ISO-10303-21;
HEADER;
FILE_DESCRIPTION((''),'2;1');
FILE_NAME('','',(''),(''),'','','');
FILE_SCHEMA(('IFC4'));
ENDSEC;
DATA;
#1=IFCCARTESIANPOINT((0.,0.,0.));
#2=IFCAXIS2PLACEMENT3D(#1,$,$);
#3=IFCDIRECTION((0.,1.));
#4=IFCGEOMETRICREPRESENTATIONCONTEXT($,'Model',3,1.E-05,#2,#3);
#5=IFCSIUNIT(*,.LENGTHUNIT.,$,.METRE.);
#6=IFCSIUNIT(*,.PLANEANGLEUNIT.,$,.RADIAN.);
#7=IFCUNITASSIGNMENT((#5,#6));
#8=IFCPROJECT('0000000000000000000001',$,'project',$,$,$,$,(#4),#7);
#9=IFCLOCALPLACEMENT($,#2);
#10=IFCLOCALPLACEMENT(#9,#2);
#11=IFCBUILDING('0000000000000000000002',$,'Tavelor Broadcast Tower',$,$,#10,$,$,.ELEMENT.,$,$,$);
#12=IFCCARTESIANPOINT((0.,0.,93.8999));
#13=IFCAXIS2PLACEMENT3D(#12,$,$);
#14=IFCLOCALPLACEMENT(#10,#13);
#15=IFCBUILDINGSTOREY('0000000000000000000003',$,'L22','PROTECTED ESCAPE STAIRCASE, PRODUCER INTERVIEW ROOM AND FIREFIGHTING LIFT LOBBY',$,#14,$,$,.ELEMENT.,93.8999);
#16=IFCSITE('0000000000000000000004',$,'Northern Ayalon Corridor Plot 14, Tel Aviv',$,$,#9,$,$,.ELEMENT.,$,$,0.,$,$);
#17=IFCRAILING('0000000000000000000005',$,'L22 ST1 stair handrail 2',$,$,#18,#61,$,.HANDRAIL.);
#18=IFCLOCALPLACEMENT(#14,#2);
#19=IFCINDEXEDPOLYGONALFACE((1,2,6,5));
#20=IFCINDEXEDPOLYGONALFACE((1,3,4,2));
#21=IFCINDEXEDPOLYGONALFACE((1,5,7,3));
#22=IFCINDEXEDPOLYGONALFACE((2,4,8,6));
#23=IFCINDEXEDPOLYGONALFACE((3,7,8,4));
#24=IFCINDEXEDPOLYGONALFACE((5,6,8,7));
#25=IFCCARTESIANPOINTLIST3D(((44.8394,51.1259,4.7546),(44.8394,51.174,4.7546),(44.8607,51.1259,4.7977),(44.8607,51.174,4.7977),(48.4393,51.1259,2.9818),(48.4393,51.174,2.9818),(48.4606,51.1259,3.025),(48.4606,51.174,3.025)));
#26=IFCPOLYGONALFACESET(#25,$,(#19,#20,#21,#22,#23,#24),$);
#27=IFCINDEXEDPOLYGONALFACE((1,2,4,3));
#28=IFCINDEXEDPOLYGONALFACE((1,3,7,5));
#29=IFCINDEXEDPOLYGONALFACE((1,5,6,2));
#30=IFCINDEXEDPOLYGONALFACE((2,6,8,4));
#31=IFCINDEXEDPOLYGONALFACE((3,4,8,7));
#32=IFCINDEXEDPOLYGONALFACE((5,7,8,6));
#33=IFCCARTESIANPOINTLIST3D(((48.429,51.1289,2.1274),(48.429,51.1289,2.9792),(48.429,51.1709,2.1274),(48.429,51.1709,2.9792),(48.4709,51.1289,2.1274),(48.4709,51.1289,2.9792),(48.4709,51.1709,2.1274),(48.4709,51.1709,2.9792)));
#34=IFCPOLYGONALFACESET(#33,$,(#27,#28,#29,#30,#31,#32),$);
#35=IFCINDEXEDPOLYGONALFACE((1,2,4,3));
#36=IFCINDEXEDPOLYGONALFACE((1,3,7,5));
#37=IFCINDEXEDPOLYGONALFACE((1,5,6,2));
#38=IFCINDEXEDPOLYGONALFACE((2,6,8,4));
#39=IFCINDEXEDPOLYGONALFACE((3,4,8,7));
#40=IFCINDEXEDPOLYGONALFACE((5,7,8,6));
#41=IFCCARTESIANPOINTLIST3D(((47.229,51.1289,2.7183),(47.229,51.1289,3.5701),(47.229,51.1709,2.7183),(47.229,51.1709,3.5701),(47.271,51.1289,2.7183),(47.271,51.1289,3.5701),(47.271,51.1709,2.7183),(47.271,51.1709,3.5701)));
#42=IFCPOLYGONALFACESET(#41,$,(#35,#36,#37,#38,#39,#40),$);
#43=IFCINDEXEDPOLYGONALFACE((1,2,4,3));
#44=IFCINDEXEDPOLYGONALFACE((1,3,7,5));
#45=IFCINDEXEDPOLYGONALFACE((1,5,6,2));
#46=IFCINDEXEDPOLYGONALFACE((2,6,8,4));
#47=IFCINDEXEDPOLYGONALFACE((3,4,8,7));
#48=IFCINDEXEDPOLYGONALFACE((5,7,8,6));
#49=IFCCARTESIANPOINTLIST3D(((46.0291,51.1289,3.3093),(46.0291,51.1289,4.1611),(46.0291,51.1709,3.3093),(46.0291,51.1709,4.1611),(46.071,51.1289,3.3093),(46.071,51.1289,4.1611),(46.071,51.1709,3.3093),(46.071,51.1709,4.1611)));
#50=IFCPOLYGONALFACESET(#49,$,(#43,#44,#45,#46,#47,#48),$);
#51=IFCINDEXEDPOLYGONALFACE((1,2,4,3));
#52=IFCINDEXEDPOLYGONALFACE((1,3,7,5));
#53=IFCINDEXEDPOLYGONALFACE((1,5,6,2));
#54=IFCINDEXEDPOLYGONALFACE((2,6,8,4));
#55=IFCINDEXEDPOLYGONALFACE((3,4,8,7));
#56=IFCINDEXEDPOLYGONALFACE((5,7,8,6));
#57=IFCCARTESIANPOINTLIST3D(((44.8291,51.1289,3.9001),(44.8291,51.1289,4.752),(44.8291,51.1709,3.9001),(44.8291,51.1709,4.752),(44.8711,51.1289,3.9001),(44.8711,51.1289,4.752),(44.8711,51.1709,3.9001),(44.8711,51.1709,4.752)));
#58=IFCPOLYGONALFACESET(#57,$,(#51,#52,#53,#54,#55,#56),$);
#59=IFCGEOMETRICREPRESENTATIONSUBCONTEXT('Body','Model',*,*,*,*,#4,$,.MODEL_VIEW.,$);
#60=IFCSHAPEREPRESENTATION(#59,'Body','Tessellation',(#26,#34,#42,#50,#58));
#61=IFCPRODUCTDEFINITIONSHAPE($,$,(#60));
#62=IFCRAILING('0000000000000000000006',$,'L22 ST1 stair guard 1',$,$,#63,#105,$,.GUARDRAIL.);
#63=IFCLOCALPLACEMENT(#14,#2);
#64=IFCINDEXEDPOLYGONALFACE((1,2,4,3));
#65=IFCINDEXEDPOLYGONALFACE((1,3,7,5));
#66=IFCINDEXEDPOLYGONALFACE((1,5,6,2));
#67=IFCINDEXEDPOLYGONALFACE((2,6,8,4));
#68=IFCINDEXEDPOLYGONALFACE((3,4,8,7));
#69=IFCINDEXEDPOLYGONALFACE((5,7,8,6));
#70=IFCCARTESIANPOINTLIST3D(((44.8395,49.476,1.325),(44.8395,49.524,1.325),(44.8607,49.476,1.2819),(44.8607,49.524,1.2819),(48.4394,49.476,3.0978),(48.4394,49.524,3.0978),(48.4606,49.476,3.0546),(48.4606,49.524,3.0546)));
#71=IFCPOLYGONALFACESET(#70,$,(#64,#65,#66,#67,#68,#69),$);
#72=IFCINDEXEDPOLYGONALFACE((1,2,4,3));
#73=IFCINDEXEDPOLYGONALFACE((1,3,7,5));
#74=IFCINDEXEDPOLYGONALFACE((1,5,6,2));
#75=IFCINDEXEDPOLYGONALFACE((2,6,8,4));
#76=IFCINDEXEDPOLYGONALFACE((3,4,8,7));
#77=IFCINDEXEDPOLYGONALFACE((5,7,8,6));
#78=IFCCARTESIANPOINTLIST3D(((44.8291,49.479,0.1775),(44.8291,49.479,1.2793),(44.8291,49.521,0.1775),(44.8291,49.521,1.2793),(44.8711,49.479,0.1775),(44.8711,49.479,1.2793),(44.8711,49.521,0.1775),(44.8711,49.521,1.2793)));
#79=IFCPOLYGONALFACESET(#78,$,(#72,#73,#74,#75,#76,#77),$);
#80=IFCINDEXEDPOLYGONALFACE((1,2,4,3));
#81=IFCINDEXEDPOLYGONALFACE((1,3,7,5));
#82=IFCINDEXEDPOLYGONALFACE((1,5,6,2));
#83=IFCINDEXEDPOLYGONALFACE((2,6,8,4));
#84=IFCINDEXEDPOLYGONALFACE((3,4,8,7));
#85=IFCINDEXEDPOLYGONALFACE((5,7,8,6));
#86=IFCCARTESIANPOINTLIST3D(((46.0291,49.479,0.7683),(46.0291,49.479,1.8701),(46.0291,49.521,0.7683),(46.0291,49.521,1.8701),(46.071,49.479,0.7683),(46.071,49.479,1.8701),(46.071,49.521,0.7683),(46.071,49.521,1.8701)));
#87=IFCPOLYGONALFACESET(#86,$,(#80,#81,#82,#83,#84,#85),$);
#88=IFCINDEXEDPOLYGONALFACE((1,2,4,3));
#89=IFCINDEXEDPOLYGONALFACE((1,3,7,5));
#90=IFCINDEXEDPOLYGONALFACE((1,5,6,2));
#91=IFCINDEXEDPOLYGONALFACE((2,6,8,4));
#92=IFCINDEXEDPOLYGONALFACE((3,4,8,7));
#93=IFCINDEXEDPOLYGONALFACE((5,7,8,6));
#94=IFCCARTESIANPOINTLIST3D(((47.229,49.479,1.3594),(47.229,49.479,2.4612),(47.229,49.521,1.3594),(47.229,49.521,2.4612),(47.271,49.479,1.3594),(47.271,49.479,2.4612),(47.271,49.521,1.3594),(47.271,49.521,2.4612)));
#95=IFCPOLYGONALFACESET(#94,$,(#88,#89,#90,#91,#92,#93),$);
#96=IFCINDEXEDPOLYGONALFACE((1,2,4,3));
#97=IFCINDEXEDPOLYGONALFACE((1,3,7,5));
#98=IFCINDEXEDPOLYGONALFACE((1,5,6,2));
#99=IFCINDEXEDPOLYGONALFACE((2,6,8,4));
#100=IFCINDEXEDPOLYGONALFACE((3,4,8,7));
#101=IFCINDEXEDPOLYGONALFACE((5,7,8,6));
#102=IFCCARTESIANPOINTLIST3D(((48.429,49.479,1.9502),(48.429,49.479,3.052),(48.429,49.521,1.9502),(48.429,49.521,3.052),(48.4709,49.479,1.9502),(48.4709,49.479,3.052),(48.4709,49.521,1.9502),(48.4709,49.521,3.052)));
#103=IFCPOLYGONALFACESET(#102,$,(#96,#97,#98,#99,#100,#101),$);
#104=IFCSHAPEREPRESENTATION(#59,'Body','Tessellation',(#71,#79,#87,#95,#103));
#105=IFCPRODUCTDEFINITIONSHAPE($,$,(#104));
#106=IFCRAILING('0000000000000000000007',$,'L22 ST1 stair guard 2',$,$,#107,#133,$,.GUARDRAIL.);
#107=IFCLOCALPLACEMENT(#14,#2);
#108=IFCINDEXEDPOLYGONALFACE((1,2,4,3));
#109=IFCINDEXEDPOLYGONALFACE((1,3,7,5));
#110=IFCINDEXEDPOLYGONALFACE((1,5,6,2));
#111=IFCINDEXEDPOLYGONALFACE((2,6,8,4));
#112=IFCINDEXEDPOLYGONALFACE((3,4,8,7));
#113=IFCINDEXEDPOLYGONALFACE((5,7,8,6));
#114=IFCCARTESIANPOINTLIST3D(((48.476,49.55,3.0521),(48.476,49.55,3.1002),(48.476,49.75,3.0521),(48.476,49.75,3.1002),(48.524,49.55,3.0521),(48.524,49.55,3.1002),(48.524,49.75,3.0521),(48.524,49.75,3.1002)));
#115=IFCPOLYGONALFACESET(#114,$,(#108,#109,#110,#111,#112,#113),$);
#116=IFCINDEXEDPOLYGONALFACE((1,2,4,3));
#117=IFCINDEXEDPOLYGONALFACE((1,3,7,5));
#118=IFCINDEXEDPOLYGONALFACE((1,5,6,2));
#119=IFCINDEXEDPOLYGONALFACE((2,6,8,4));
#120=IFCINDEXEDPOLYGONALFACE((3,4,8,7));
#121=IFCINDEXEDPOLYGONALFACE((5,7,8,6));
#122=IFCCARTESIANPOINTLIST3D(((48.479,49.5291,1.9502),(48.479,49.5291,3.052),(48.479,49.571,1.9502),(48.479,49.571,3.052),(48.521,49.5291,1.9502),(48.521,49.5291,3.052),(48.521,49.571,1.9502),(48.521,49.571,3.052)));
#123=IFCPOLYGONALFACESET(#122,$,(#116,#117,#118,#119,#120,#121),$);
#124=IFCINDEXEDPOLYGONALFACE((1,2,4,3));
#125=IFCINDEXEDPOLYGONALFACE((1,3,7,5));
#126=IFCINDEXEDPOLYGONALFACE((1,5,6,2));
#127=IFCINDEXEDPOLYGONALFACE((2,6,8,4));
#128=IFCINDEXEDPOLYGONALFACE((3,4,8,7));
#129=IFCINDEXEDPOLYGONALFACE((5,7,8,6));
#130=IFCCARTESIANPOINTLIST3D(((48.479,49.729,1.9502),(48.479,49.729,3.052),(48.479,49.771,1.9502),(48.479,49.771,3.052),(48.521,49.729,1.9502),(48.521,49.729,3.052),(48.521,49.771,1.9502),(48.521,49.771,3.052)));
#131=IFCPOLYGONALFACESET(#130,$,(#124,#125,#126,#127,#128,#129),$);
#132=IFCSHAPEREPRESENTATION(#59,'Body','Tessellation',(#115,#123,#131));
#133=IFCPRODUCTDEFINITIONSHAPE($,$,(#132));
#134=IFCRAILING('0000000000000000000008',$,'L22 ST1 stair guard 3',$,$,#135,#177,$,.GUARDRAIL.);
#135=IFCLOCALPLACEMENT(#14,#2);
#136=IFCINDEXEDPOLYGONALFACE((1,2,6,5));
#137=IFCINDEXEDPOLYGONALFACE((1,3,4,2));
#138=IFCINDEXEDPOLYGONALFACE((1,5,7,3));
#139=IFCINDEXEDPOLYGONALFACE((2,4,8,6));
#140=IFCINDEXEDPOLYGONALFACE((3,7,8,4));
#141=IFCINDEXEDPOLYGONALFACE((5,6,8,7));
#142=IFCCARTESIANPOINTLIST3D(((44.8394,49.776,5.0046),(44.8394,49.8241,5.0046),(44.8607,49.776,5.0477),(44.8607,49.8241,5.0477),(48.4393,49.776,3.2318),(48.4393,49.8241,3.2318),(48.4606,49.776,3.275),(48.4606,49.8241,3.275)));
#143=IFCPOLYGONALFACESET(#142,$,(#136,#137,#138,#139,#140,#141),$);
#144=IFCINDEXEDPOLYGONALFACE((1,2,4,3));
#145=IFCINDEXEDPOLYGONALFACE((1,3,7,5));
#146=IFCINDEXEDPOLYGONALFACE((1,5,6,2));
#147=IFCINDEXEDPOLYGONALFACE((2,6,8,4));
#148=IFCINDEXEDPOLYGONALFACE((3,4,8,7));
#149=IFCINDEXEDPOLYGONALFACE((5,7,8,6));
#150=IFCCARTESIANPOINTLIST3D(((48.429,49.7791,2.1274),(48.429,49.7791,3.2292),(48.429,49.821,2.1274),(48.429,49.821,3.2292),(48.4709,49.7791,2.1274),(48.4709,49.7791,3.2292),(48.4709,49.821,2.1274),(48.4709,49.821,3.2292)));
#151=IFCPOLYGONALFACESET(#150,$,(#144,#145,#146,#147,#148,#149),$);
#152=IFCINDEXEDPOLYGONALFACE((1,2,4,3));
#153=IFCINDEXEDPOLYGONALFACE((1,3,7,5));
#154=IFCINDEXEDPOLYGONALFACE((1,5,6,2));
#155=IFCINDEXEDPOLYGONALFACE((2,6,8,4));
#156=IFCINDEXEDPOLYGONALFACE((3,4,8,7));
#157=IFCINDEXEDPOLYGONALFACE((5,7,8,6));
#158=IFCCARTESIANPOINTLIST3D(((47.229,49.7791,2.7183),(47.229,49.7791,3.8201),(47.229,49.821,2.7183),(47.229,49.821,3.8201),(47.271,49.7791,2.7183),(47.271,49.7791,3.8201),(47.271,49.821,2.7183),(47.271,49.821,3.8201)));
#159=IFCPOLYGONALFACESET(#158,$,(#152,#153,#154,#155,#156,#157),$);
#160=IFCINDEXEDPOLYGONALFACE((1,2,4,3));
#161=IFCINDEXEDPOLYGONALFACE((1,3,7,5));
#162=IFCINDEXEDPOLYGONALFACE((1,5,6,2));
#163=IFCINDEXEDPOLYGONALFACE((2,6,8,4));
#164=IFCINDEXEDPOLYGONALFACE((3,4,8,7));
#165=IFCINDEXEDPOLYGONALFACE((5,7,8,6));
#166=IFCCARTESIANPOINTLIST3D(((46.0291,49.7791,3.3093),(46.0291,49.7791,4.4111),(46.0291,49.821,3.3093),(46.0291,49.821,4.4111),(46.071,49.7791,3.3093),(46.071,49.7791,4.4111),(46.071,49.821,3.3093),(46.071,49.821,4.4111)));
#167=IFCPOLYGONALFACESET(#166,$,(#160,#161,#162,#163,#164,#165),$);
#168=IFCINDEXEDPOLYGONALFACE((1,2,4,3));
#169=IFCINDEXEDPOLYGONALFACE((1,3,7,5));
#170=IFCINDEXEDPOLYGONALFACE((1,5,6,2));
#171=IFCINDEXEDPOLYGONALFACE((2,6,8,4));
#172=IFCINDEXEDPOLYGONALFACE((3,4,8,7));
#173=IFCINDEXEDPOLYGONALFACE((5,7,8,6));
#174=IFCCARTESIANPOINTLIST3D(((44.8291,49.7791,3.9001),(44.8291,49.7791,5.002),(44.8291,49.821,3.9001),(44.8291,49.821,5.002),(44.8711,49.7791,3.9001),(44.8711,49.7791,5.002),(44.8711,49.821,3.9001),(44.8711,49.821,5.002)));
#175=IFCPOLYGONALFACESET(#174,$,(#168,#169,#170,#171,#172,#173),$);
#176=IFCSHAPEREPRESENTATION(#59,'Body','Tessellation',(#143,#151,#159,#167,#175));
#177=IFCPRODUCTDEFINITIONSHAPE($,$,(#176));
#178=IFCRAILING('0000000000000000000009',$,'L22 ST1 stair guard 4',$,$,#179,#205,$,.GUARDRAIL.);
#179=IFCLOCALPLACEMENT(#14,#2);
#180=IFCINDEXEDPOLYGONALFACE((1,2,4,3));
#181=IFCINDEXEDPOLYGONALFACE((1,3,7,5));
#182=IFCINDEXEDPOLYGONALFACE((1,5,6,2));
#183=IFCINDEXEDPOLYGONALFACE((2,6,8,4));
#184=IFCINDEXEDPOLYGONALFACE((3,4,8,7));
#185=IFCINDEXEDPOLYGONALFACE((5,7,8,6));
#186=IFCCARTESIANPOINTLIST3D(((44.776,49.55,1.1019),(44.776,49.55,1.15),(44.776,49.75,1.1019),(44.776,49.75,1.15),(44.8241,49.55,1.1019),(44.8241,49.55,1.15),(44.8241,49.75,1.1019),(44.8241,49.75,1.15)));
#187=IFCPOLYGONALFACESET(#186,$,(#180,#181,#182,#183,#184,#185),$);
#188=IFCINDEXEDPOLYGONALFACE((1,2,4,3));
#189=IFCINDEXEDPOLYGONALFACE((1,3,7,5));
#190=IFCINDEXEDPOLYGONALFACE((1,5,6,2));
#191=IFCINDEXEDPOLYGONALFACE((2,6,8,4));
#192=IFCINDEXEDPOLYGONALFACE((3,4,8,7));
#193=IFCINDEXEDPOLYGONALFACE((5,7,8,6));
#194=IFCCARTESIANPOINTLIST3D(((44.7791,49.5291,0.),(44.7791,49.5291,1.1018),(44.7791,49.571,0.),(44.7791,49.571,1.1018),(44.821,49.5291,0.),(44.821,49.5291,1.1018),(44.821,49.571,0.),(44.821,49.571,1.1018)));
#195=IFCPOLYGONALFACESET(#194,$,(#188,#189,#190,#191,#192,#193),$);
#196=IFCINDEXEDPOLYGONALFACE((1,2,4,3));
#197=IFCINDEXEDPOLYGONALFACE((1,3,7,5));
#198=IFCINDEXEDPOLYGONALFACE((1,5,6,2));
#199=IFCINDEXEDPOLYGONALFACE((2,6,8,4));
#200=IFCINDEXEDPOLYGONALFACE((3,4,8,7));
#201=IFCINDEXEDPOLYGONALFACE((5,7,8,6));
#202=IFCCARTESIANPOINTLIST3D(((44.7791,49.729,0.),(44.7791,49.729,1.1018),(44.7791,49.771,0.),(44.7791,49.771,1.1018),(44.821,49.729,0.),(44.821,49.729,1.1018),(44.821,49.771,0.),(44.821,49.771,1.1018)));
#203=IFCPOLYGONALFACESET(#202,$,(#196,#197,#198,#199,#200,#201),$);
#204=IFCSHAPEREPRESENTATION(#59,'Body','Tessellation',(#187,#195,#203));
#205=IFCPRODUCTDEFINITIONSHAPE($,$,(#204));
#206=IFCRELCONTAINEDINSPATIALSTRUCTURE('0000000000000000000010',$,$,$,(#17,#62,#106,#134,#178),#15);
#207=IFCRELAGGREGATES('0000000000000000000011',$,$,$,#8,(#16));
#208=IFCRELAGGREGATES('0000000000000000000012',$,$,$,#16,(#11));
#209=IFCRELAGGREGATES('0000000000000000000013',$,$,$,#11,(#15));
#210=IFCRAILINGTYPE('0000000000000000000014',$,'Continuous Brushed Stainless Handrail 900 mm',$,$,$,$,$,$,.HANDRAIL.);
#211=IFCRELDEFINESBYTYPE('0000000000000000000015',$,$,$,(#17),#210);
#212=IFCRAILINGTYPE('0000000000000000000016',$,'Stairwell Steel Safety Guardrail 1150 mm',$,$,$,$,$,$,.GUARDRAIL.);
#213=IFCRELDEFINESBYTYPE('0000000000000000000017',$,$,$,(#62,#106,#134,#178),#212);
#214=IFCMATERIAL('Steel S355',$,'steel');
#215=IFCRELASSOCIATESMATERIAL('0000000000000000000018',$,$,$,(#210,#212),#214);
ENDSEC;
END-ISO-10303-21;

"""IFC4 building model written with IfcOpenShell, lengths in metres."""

from ifc_helpers import new_model, si_unit, direction, frame, origin, origin_2d, place, context, subcontext, project, spatial, rectangle, extrude, material, type_object, element, save


model = new_model("IFC4")

# Units and contexts
model_context = context("Model", 3, precision=1e-05, world=origin(), true_north=direction((0.0, 1.0)))
body_context = subcontext(model_context, "Body", "Model", "MODEL_VIEW")
ifc_project = project(units=[si_unit("LENGTHUNIT", "METRE"), si_unit("PLANEANGLEUNIT", "RADIAN")], contexts=[model_context])

# Site, building, storey
site_placement = place(None, origin())
site = spatial("IfcSite", under=ifc_project, at=site_placement, Name="Northern Ayalon Corridor Plot 14, Tel Aviv", CompositionType="ELEMENT", RefElevation=0.0)
building_placement = place(site_placement, origin())
building = spatial("IfcBuilding", under=site, at=building_placement, Name="Tavelor Broadcast Tower", CompositionType="ELEMENT")
storey_placement = place(building_placement, frame((0.0, 0.0, 93.8999)))
storey = spatial("IfcBuildingStorey", under=building, at=storey_placement, Name="L22", Description="PROTECTED ESCAPE STAIRCASE, PRODUCER INTERVIEW ROOM AND FIREFIGHTING LIFT LOBBY", CompositionType="ELEMENT", Elevation=93.8999)

# Shared definitions
ifc_material_1 = material(Name="Steel S355", Category="steel")

# Railings
railing_type_1 = type_object("IfcRailingType", Name="Continuous Brushed Stainless Handrail 900 mm", PredefinedType="HANDRAIL", material=ifc_material_1)
railing_1_placement = place(storey_placement, frame((48.45, 51.1499, 2.1274)))
element("IfcRailing", 1, at=railing_1_placement, inside=storey, type_object=railing_type_1, Name="L22 ST1 stair handrail 2", PredefinedType="HANDRAIL", context=body_context, shape_type="SweptSolid", body=[
    extrude(rectangle(XDim=0.0481, YDim=0.0481, at=origin_2d()), frame((0.0, 0.0, 0.876), z_axis=(-0.897124, 0.0, 0.441778), x_axis=(0.0, -1.0, 0.0)), (0.0, 0.0, 1.0), 4.0127),
    extrude(rectangle(XDim=0.042, YDim=0.042, at=origin_2d()), origin(), (0.0, 0.0, 1.0), 0.8518),
    extrude(rectangle(XDim=0.042, YDim=0.042, at=origin_2d()), frame((-1.2, 0.0, 0.5908)), (0.0, 0.0, 1.0), 0.8518),
    extrude(rectangle(XDim=0.042, YDim=0.042, at=origin_2d()), frame((-2.3999, 0.0, 1.1819)), (0.0, 0.0, 1.0), 0.8518),
    extrude(rectangle(XDim=0.042, YDim=0.042, at=origin_2d()), frame((-3.5999, 0.0, 1.7727)), (0.0, 0.0, 1.0), 0.8518),
])
railing_type_2 = type_object("IfcRailingType", Name="Stairwell Steel Safety Guardrail 1150 mm", PredefinedType="GUARDRAIL", material=ifc_material_1)
railing_2_placement = place(storey_placement, frame((44.8501, 49.5, 0.1775)))
element("IfcRailing", 2, at=railing_2_placement, inside=storey, type_object=railing_type_2, Name="L22 ST1 stair guard 1", PredefinedType="GUARDRAIL", context=body_context, shape_type="SweptSolid", body=[
    extrude(rectangle(XDim=0.0481, YDim=0.0481, at=origin_2d()), frame((0.0, 0.0, 1.126), z_axis=(0.897124, 0.0, 0.441778), x_axis=(0.0, 1.0, 0.0)), (0.0, 0.0, 1.0), 4.0127),
    extrude(rectangle(XDim=0.042, YDim=0.042, at=origin_2d()), origin(), (0.0, 0.0, 1.0), 1.1018),
    extrude(rectangle(XDim=0.042, YDim=0.042, at=origin_2d()), frame((1.2, 0.0, 0.5908)), (0.0, 0.0, 1.0), 1.1018),
    extrude(rectangle(XDim=0.042, YDim=0.042, at=origin_2d()), frame((2.3999, 0.0, 1.1819)), (0.0, 0.0, 1.0), 1.1018),
    extrude(rectangle(XDim=0.042, YDim=0.042, at=origin_2d()), frame((3.5999, 0.0, 1.7727)), (0.0, 0.0, 1.0), 1.1018),
])
railing_3_placement = place(storey_placement, frame((48.5, 49.55, 1.9502)))
element("IfcRailing", 3, at=railing_3_placement, inside=storey, type_object=railing_type_2, Name="L22 ST1 stair guard 2", PredefinedType="GUARDRAIL", context=body_context, shape_type="SweptSolid", body=[
    extrude(rectangle(XDim=0.0481, YDim=0.0481, at=origin_2d()), frame((0.0, 0.0, 1.126), z_axis=(0.0, 1.0, 0.0), x_axis=(-1.0, 0.0, 0.0)), (0.0, 0.0, 1.0), 0.2),
    extrude(rectangle(XDim=0.042, YDim=0.042, at=origin_2d()), origin(), (0.0, 0.0, 1.0), 1.1018),
    extrude(rectangle(XDim=0.042, YDim=0.042, at=origin_2d()), frame((0.0, 0.2, 0.0)), (0.0, 0.0, 1.0), 1.1018),
])
railing_4_placement = place(storey_placement, frame((48.45, 49.8, 2.1274)))
element("IfcRailing", 4, at=railing_4_placement, inside=storey, type_object=railing_type_2, Name="L22 ST1 stair guard 3", PredefinedType="GUARDRAIL", context=body_context, shape_type="SweptSolid", body=[
    extrude(rectangle(XDim=0.0481, YDim=0.0481, at=origin_2d()), frame((0.0, 0.0, 1.126), z_axis=(-0.897124, 0.0, 0.441778), x_axis=(0.0, -1.0, 0.0)), (0.0, 0.0, 1.0), 4.0127),
    extrude(rectangle(XDim=0.042, YDim=0.042, at=origin_2d()), origin(), (0.0, 0.0, 1.0), 1.1018),
    extrude(rectangle(XDim=0.042, YDim=0.042, at=origin_2d()), frame((-1.2, 0.0, 0.5908)), (0.0, 0.0, 1.0), 1.1018),
    extrude(rectangle(XDim=0.042, YDim=0.042, at=origin_2d()), frame((-2.3999, 0.0, 1.1819)), (0.0, 0.0, 1.0), 1.1018),
    extrude(rectangle(XDim=0.042, YDim=0.042, at=origin_2d()), frame((-3.5999, 0.0, 1.7727)), (0.0, 0.0, 1.0), 1.1018),
])
railing_5_placement = place(storey_placement, frame((44.8, 49.55, 0.0)))
element("IfcRailing", 5, at=railing_5_placement, inside=storey, type_object=railing_type_2, Name="L22 ST1 stair guard 4", PredefinedType="GUARDRAIL", context=body_context, shape_type="SweptSolid", body=[
    extrude(rectangle(XDim=0.0481, YDim=0.0481, at=origin_2d()), frame((0.0, 0.0, 1.126), z_axis=(0.0, 1.0, 0.0), x_axis=(-1.0, 0.0, 0.0)), (0.0, 0.0, 1.0), 0.2),
    extrude(rectangle(XDim=0.042, YDim=0.042, at=origin_2d()), origin(), (0.0, 0.0, 1.0), 1.1018),
    extrude(rectangle(XDim=0.042, YDim=0.042, at=origin_2d()), frame((0.0, 0.2, 0.0)), (0.0, 0.0, 1.0), 1.1018),
])

save(model, "model.ifc")
